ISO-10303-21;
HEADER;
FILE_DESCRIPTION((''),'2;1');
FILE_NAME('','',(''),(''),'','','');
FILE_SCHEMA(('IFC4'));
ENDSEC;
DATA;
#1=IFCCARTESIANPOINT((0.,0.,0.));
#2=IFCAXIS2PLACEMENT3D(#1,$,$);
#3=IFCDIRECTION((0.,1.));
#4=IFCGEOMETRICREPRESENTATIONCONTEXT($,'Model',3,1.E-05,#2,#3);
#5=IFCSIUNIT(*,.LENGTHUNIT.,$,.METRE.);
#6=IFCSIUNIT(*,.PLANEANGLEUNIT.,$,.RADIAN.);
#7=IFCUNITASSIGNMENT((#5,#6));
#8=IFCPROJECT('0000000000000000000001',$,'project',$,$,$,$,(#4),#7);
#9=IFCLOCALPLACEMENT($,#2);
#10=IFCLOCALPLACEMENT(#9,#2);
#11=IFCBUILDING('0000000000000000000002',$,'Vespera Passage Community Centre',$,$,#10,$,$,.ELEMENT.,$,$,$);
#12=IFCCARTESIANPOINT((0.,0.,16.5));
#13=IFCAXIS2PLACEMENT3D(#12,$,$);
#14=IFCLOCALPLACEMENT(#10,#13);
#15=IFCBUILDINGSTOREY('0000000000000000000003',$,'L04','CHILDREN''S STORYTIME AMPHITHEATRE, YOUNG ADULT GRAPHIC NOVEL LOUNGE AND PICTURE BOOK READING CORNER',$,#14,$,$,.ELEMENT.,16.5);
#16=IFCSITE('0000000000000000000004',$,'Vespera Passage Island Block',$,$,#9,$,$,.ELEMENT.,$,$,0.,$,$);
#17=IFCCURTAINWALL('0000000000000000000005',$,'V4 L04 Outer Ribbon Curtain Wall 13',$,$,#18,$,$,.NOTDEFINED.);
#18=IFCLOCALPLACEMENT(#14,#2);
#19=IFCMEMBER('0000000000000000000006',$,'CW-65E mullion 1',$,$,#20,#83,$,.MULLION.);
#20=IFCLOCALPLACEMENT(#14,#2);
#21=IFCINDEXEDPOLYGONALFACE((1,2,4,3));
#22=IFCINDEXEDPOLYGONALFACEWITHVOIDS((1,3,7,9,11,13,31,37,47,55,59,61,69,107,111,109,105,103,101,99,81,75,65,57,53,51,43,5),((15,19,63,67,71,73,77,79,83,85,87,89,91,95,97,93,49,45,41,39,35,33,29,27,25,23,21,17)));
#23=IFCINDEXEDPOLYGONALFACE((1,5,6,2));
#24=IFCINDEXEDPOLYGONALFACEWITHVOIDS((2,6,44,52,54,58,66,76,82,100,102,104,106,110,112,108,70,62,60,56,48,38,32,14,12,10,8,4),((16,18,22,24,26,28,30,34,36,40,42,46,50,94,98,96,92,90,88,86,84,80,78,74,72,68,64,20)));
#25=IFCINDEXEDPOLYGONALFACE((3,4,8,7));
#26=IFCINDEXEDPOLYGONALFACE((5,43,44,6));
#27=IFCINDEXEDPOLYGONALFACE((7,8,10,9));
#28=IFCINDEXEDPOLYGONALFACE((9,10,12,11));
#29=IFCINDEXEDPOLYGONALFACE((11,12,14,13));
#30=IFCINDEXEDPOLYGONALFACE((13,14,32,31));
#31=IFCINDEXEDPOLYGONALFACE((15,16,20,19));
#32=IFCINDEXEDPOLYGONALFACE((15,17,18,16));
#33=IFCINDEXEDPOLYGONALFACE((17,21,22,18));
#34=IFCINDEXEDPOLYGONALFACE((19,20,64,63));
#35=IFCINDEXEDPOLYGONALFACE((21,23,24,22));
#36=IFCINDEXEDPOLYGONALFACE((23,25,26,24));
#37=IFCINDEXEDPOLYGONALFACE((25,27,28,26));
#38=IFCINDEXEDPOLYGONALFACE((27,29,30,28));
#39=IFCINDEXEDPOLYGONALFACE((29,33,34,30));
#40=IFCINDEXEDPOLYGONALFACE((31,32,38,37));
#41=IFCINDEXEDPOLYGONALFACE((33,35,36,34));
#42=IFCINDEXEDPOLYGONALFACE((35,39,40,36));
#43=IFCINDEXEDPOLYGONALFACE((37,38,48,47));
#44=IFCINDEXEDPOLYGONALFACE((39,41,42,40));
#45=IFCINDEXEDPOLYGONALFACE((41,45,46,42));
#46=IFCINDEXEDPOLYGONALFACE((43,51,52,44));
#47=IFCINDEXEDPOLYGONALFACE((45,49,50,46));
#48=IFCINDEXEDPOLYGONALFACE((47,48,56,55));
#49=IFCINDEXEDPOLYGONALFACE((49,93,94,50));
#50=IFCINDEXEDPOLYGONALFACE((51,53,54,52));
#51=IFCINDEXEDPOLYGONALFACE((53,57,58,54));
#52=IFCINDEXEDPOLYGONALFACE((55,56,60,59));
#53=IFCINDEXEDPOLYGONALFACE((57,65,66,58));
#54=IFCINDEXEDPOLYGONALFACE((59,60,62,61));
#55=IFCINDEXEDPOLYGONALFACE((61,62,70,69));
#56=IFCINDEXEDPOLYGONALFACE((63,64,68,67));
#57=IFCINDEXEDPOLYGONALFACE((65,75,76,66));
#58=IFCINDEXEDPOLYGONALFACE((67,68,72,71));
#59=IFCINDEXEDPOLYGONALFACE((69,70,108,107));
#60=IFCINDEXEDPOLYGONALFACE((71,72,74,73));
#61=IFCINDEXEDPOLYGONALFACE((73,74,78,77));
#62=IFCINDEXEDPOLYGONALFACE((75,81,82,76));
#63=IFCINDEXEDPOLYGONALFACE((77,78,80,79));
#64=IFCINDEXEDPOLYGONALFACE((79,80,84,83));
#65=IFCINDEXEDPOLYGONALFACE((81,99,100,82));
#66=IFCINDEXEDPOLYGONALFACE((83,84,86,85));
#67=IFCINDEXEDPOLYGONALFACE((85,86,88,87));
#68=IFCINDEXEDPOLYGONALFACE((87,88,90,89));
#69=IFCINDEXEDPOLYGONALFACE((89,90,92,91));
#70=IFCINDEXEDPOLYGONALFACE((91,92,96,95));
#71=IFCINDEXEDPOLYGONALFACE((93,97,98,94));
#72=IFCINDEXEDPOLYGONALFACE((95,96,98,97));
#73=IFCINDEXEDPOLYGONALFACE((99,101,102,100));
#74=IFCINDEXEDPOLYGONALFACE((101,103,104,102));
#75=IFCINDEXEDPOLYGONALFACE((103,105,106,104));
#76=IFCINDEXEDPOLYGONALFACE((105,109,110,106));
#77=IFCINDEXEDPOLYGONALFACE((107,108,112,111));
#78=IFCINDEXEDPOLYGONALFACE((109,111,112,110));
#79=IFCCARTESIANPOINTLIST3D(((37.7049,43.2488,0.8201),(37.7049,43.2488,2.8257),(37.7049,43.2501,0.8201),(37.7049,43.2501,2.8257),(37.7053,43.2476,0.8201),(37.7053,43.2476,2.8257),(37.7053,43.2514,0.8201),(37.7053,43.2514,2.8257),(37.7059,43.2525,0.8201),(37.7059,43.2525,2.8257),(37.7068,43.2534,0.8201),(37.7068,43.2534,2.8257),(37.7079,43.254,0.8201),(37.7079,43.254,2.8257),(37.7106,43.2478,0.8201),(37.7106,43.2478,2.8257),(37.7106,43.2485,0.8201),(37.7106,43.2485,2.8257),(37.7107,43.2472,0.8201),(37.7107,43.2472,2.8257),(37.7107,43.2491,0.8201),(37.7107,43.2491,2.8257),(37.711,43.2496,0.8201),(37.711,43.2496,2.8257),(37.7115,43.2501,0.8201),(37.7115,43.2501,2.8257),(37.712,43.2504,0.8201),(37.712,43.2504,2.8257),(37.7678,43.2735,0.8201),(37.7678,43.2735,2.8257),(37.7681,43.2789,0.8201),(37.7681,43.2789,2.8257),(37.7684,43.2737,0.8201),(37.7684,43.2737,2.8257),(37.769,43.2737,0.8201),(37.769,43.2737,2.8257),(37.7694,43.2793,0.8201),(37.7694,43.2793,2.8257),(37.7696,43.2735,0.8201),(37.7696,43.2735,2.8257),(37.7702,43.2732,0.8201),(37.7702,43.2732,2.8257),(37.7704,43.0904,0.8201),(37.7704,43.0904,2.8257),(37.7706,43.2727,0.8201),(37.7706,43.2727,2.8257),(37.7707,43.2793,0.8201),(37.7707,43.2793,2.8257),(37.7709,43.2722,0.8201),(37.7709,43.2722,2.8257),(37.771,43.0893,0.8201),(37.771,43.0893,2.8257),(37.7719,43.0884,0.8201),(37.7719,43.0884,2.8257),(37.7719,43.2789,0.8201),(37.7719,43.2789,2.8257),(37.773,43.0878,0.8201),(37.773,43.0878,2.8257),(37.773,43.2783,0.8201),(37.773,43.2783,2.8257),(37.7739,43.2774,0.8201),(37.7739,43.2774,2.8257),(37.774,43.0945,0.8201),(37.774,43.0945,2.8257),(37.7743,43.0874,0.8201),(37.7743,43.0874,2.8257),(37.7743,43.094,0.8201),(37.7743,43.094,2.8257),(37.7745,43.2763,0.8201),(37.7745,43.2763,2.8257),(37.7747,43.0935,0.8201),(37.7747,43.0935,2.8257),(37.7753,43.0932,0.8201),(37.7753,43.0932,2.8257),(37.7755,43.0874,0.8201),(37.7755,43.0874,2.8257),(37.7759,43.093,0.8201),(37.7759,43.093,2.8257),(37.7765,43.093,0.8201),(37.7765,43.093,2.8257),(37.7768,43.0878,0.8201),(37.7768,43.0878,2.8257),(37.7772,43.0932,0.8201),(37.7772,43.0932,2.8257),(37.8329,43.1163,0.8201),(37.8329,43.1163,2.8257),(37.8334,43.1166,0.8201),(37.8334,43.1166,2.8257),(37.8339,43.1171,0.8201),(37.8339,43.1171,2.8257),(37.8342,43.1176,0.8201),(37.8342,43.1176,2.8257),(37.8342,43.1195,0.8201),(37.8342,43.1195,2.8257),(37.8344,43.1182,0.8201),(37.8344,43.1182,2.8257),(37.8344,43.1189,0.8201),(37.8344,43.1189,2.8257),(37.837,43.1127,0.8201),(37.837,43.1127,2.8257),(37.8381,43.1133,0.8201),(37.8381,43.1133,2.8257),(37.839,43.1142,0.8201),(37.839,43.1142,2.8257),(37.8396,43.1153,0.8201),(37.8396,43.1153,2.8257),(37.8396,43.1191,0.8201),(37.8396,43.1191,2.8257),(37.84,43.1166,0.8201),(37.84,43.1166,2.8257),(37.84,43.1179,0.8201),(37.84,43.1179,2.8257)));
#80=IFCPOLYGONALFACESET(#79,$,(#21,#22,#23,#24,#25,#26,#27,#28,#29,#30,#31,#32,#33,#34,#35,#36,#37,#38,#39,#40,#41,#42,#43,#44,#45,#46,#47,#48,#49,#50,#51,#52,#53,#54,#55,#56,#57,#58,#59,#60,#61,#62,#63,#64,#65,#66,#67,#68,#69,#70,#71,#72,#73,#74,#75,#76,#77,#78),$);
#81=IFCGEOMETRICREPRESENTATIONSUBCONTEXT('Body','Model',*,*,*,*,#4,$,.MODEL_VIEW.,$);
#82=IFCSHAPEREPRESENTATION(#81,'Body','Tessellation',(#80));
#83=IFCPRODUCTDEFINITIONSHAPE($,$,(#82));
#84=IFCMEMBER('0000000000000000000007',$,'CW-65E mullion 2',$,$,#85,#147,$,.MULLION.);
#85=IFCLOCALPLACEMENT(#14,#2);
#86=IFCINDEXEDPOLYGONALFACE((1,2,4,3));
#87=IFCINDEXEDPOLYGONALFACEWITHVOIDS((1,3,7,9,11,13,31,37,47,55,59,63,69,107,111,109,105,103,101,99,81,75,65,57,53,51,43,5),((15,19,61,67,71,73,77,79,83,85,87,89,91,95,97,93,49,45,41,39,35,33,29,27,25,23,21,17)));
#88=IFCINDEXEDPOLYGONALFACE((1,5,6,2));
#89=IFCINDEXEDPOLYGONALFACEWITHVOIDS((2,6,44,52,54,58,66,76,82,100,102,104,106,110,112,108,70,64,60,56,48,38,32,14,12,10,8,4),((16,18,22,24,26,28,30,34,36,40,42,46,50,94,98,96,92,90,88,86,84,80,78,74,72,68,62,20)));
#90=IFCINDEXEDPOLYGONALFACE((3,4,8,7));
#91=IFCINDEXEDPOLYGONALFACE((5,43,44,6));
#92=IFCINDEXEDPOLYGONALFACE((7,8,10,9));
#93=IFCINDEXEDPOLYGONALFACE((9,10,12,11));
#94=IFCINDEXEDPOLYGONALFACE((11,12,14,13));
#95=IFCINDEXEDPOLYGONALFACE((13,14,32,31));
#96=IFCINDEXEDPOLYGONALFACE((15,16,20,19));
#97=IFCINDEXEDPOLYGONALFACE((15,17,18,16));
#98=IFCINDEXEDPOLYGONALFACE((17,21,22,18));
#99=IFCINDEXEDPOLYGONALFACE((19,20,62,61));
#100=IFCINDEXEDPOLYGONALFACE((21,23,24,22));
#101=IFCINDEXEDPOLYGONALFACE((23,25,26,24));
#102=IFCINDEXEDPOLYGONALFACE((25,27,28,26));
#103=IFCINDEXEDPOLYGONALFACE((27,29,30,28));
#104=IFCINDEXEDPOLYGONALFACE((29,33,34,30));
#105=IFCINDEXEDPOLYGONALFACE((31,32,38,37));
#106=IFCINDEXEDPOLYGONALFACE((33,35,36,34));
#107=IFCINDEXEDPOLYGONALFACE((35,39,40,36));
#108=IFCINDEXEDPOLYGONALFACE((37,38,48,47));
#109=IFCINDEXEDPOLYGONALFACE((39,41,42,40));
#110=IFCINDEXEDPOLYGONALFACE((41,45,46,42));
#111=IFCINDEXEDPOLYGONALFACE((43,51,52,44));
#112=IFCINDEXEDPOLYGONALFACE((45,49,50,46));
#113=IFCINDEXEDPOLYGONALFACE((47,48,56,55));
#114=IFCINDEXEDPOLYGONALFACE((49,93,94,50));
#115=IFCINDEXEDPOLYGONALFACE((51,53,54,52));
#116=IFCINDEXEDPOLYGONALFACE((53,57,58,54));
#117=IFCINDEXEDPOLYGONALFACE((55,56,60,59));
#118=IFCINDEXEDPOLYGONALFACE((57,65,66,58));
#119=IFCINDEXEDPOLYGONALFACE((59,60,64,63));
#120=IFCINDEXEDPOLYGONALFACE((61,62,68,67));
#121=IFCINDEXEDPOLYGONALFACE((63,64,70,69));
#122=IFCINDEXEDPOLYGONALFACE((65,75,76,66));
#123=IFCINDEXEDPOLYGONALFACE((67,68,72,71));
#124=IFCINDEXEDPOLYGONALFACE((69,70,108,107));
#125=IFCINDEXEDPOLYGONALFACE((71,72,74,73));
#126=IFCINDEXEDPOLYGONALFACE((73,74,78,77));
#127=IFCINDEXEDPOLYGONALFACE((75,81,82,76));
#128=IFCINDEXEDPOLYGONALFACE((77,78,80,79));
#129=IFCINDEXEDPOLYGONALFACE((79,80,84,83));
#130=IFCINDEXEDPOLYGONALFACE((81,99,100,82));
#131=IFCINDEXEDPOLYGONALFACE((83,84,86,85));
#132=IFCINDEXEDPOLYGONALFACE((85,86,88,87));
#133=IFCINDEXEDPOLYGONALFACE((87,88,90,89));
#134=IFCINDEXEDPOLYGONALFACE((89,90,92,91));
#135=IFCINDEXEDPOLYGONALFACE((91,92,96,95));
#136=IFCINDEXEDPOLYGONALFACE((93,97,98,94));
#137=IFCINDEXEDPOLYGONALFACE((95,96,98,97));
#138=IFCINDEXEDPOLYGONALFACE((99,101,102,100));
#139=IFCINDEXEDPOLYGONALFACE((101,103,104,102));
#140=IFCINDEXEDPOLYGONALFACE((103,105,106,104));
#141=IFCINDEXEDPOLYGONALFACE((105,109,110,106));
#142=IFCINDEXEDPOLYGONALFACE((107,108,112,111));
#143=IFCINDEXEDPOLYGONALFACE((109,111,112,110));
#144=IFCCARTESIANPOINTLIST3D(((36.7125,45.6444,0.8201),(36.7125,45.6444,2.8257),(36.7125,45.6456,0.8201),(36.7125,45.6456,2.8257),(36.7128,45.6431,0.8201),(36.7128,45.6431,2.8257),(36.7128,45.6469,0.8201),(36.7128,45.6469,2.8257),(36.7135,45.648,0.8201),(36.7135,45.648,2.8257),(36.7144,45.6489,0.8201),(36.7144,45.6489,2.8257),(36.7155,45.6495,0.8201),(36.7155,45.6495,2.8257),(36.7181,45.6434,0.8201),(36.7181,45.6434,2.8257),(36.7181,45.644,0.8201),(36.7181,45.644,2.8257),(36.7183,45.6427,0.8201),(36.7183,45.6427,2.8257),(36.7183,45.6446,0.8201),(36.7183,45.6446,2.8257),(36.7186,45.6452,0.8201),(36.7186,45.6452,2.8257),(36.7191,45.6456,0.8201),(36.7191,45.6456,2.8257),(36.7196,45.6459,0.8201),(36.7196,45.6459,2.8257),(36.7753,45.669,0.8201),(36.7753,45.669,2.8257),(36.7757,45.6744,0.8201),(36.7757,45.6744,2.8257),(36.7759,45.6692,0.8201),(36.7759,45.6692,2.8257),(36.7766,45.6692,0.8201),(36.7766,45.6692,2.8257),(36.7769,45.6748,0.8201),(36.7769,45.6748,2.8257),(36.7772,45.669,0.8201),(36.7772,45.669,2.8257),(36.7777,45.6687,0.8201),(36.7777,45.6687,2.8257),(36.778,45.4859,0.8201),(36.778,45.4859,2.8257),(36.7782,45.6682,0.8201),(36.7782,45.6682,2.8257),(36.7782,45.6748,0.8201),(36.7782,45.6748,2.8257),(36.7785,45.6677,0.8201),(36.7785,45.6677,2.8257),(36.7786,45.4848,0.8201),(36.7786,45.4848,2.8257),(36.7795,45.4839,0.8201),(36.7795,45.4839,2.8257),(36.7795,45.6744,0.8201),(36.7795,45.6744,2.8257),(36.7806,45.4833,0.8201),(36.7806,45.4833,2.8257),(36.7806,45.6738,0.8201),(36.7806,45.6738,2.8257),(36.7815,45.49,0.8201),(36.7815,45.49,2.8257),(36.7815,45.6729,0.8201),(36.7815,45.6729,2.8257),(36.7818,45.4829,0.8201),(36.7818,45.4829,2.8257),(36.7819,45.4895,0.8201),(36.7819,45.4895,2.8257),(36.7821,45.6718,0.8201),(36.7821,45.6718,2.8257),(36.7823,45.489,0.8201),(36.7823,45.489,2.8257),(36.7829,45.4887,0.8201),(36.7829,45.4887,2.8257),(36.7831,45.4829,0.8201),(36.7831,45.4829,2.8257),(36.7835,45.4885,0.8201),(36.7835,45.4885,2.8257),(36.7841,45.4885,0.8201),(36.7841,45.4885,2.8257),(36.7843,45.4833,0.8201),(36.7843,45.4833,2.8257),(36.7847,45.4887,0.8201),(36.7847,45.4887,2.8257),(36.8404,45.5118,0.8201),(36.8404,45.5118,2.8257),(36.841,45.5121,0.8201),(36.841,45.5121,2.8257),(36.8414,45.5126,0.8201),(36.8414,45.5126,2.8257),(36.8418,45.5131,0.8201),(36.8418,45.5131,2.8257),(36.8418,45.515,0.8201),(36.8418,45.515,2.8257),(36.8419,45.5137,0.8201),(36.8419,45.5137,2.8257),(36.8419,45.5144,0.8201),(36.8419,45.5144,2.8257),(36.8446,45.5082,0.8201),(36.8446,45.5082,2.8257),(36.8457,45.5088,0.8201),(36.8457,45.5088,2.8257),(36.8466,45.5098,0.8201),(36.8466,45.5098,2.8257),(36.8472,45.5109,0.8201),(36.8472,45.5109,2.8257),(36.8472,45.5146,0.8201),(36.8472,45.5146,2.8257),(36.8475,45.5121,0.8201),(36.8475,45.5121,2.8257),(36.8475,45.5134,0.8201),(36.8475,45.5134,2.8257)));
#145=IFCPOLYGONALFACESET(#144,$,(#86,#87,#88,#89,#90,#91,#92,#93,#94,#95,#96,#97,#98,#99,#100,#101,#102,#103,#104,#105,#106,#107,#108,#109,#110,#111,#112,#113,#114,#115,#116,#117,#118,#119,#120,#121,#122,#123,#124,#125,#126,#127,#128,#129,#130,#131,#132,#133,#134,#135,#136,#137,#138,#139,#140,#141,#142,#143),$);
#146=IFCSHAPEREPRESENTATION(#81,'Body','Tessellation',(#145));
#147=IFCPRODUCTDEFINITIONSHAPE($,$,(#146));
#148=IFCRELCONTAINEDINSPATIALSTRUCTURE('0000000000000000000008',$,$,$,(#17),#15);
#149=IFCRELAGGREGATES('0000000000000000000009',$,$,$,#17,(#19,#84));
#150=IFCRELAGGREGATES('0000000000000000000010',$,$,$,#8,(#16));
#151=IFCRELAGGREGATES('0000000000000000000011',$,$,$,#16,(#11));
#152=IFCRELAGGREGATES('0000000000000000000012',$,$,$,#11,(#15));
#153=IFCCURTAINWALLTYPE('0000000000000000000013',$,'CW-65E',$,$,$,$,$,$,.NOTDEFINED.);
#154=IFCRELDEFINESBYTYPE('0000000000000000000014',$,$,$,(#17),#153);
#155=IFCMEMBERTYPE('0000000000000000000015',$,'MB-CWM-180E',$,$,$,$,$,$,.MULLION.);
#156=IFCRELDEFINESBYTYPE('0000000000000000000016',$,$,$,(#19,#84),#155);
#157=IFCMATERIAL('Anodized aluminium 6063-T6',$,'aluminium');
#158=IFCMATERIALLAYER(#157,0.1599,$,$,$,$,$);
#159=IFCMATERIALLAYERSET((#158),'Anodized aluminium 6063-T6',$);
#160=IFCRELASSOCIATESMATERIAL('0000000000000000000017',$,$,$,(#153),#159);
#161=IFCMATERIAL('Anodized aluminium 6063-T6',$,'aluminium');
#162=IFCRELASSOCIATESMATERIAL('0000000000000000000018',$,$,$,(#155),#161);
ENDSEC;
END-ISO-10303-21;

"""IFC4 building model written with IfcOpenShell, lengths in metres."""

from ifc_helpers import new_model, si_unit, direction, frame, origin, origin_2d, place, context, subcontext, project, spatial, hollow_rectangle, extrude, material, layer, layer_set, material_profile, profile_set, type_object, element, aggregate, save


model = new_model("IFC4")

# Units and contexts
model_context = context("Model", 3, precision=1e-05, world=origin(), true_north=direction((0.0, 1.0)))
body_context = subcontext(model_context, "Body", "Model", "MODEL_VIEW")
ifc_project = project(units=[si_unit("LENGTHUNIT", "METRE"), si_unit("PLANEANGLEUNIT", "RADIAN")], contexts=[model_context])

# Site, building, storey
site_placement = place(None, origin())
site = spatial("IfcSite", under=ifc_project, at=site_placement, Name="Vespera Passage Island Block", CompositionType="ELEMENT", RefElevation=0.0)
building_placement = place(site_placement, origin())
building = spatial("IfcBuilding", under=site, at=building_placement, Name="Vespera Passage Community Centre", CompositionType="ELEMENT")
storey_placement = place(building_placement, frame((0.0, 0.0, 16.5)))
storey = spatial("IfcBuildingStorey", under=building, at=storey_placement, Name="L04", Description="CHILDREN'S STORYTIME AMPHITHEATRE, YOUNG ADULT GRAPHIC NOVEL LOUNGE AND PICTURE BOOK READING CORNER", CompositionType="ELEMENT", Elevation=16.5)

# Curtain wall, members
ifc_material_1 = material(Name="Anodized aluminium 6063-T6", Category="aluminium")
ifc_layer_1 = layer(ifc_material_1, 0.1599)
ifc_layer_set_1 = layer_set([ifc_layer_1], Name="Anodized aluminium 6063-T6")
curtain_wall_type_1 = type_object("IfcCurtainWallType", Name="CW-65E", PredefinedType="NOTDEFINED", material=ifc_layer_set_1)
curtain_wall_1_placement = place(storey_placement, origin())
curtain_wall_1 = element("IfcCurtainWall", 1, at=curtain_wall_1_placement, inside=storey, type_object=curtain_wall_type_1, Name="V4 L04 Outer Ribbon Curtain Wall 13", PredefinedType="NOTDEFINED")
ifc_material_2 = material(Name="Anodized aluminium 6063-T6", Category="aluminium")
ifc_material_profile_1 = material_profile(ifc_material_2, hollow_rectangle(XDim=0.075, YDim=0.1799, WallThickness=0.0049, InnerFilletRadius=0.0024, OuterFilletRadius=0.0049, at=origin_2d()), Name="ALU180X75X5")
ifc_profile_set_1 = profile_set([ifc_material_profile_1], Name="Anodized aluminium 6063-T6")
member_type_1 = type_object("IfcMemberType", Name="MB-CWM-180E", PredefinedType="MULLION", material=ifc_profile_set_1)
member_1_placement = place(storey_placement, frame((37.7725, 43.1833, 0.8201), z_axis=(0.0, 0.0, 1.0), x_axis=(-0.923881, -0.382679, 0.0)))
member_1 = element("IfcMember", 2, at=member_1_placement, type_object=member_type_1, Name="CW-65E mullion 1", PredefinedType="MULLION", context=body_context, shape_type="SweptSolid", body=[
    extrude(hollow_rectangle(XDim=0.075, YDim=0.1799, WallThickness=0.0049, InnerFilletRadius=0.0024, OuterFilletRadius=0.0049, at=origin_2d()), origin(), (0.0, 0.0, 1.0), 2.0056),
])
member_2_placement = place(storey_placement, frame((36.78, 45.5789, 0.8201), z_axis=(0.0, 0.0, 1.0), x_axis=(-0.923881, -0.382679, 0.0)))
member_2 = element("IfcMember", 3, at=member_2_placement, type_object=member_type_1, Name="CW-65E mullion 2", PredefinedType="MULLION", context=body_context, shape_type="SweptSolid", body=[
    extrude(hollow_rectangle(XDim=0.075, YDim=0.1799, WallThickness=0.0049, InnerFilletRadius=0.0024, OuterFilletRadius=0.0049, at=origin_2d()), origin(), (0.0, 0.0, 1.0), 2.0056),
])

aggregate(curtain_wall_1, [member_1, member_2])

save(model, "model.ifc")
